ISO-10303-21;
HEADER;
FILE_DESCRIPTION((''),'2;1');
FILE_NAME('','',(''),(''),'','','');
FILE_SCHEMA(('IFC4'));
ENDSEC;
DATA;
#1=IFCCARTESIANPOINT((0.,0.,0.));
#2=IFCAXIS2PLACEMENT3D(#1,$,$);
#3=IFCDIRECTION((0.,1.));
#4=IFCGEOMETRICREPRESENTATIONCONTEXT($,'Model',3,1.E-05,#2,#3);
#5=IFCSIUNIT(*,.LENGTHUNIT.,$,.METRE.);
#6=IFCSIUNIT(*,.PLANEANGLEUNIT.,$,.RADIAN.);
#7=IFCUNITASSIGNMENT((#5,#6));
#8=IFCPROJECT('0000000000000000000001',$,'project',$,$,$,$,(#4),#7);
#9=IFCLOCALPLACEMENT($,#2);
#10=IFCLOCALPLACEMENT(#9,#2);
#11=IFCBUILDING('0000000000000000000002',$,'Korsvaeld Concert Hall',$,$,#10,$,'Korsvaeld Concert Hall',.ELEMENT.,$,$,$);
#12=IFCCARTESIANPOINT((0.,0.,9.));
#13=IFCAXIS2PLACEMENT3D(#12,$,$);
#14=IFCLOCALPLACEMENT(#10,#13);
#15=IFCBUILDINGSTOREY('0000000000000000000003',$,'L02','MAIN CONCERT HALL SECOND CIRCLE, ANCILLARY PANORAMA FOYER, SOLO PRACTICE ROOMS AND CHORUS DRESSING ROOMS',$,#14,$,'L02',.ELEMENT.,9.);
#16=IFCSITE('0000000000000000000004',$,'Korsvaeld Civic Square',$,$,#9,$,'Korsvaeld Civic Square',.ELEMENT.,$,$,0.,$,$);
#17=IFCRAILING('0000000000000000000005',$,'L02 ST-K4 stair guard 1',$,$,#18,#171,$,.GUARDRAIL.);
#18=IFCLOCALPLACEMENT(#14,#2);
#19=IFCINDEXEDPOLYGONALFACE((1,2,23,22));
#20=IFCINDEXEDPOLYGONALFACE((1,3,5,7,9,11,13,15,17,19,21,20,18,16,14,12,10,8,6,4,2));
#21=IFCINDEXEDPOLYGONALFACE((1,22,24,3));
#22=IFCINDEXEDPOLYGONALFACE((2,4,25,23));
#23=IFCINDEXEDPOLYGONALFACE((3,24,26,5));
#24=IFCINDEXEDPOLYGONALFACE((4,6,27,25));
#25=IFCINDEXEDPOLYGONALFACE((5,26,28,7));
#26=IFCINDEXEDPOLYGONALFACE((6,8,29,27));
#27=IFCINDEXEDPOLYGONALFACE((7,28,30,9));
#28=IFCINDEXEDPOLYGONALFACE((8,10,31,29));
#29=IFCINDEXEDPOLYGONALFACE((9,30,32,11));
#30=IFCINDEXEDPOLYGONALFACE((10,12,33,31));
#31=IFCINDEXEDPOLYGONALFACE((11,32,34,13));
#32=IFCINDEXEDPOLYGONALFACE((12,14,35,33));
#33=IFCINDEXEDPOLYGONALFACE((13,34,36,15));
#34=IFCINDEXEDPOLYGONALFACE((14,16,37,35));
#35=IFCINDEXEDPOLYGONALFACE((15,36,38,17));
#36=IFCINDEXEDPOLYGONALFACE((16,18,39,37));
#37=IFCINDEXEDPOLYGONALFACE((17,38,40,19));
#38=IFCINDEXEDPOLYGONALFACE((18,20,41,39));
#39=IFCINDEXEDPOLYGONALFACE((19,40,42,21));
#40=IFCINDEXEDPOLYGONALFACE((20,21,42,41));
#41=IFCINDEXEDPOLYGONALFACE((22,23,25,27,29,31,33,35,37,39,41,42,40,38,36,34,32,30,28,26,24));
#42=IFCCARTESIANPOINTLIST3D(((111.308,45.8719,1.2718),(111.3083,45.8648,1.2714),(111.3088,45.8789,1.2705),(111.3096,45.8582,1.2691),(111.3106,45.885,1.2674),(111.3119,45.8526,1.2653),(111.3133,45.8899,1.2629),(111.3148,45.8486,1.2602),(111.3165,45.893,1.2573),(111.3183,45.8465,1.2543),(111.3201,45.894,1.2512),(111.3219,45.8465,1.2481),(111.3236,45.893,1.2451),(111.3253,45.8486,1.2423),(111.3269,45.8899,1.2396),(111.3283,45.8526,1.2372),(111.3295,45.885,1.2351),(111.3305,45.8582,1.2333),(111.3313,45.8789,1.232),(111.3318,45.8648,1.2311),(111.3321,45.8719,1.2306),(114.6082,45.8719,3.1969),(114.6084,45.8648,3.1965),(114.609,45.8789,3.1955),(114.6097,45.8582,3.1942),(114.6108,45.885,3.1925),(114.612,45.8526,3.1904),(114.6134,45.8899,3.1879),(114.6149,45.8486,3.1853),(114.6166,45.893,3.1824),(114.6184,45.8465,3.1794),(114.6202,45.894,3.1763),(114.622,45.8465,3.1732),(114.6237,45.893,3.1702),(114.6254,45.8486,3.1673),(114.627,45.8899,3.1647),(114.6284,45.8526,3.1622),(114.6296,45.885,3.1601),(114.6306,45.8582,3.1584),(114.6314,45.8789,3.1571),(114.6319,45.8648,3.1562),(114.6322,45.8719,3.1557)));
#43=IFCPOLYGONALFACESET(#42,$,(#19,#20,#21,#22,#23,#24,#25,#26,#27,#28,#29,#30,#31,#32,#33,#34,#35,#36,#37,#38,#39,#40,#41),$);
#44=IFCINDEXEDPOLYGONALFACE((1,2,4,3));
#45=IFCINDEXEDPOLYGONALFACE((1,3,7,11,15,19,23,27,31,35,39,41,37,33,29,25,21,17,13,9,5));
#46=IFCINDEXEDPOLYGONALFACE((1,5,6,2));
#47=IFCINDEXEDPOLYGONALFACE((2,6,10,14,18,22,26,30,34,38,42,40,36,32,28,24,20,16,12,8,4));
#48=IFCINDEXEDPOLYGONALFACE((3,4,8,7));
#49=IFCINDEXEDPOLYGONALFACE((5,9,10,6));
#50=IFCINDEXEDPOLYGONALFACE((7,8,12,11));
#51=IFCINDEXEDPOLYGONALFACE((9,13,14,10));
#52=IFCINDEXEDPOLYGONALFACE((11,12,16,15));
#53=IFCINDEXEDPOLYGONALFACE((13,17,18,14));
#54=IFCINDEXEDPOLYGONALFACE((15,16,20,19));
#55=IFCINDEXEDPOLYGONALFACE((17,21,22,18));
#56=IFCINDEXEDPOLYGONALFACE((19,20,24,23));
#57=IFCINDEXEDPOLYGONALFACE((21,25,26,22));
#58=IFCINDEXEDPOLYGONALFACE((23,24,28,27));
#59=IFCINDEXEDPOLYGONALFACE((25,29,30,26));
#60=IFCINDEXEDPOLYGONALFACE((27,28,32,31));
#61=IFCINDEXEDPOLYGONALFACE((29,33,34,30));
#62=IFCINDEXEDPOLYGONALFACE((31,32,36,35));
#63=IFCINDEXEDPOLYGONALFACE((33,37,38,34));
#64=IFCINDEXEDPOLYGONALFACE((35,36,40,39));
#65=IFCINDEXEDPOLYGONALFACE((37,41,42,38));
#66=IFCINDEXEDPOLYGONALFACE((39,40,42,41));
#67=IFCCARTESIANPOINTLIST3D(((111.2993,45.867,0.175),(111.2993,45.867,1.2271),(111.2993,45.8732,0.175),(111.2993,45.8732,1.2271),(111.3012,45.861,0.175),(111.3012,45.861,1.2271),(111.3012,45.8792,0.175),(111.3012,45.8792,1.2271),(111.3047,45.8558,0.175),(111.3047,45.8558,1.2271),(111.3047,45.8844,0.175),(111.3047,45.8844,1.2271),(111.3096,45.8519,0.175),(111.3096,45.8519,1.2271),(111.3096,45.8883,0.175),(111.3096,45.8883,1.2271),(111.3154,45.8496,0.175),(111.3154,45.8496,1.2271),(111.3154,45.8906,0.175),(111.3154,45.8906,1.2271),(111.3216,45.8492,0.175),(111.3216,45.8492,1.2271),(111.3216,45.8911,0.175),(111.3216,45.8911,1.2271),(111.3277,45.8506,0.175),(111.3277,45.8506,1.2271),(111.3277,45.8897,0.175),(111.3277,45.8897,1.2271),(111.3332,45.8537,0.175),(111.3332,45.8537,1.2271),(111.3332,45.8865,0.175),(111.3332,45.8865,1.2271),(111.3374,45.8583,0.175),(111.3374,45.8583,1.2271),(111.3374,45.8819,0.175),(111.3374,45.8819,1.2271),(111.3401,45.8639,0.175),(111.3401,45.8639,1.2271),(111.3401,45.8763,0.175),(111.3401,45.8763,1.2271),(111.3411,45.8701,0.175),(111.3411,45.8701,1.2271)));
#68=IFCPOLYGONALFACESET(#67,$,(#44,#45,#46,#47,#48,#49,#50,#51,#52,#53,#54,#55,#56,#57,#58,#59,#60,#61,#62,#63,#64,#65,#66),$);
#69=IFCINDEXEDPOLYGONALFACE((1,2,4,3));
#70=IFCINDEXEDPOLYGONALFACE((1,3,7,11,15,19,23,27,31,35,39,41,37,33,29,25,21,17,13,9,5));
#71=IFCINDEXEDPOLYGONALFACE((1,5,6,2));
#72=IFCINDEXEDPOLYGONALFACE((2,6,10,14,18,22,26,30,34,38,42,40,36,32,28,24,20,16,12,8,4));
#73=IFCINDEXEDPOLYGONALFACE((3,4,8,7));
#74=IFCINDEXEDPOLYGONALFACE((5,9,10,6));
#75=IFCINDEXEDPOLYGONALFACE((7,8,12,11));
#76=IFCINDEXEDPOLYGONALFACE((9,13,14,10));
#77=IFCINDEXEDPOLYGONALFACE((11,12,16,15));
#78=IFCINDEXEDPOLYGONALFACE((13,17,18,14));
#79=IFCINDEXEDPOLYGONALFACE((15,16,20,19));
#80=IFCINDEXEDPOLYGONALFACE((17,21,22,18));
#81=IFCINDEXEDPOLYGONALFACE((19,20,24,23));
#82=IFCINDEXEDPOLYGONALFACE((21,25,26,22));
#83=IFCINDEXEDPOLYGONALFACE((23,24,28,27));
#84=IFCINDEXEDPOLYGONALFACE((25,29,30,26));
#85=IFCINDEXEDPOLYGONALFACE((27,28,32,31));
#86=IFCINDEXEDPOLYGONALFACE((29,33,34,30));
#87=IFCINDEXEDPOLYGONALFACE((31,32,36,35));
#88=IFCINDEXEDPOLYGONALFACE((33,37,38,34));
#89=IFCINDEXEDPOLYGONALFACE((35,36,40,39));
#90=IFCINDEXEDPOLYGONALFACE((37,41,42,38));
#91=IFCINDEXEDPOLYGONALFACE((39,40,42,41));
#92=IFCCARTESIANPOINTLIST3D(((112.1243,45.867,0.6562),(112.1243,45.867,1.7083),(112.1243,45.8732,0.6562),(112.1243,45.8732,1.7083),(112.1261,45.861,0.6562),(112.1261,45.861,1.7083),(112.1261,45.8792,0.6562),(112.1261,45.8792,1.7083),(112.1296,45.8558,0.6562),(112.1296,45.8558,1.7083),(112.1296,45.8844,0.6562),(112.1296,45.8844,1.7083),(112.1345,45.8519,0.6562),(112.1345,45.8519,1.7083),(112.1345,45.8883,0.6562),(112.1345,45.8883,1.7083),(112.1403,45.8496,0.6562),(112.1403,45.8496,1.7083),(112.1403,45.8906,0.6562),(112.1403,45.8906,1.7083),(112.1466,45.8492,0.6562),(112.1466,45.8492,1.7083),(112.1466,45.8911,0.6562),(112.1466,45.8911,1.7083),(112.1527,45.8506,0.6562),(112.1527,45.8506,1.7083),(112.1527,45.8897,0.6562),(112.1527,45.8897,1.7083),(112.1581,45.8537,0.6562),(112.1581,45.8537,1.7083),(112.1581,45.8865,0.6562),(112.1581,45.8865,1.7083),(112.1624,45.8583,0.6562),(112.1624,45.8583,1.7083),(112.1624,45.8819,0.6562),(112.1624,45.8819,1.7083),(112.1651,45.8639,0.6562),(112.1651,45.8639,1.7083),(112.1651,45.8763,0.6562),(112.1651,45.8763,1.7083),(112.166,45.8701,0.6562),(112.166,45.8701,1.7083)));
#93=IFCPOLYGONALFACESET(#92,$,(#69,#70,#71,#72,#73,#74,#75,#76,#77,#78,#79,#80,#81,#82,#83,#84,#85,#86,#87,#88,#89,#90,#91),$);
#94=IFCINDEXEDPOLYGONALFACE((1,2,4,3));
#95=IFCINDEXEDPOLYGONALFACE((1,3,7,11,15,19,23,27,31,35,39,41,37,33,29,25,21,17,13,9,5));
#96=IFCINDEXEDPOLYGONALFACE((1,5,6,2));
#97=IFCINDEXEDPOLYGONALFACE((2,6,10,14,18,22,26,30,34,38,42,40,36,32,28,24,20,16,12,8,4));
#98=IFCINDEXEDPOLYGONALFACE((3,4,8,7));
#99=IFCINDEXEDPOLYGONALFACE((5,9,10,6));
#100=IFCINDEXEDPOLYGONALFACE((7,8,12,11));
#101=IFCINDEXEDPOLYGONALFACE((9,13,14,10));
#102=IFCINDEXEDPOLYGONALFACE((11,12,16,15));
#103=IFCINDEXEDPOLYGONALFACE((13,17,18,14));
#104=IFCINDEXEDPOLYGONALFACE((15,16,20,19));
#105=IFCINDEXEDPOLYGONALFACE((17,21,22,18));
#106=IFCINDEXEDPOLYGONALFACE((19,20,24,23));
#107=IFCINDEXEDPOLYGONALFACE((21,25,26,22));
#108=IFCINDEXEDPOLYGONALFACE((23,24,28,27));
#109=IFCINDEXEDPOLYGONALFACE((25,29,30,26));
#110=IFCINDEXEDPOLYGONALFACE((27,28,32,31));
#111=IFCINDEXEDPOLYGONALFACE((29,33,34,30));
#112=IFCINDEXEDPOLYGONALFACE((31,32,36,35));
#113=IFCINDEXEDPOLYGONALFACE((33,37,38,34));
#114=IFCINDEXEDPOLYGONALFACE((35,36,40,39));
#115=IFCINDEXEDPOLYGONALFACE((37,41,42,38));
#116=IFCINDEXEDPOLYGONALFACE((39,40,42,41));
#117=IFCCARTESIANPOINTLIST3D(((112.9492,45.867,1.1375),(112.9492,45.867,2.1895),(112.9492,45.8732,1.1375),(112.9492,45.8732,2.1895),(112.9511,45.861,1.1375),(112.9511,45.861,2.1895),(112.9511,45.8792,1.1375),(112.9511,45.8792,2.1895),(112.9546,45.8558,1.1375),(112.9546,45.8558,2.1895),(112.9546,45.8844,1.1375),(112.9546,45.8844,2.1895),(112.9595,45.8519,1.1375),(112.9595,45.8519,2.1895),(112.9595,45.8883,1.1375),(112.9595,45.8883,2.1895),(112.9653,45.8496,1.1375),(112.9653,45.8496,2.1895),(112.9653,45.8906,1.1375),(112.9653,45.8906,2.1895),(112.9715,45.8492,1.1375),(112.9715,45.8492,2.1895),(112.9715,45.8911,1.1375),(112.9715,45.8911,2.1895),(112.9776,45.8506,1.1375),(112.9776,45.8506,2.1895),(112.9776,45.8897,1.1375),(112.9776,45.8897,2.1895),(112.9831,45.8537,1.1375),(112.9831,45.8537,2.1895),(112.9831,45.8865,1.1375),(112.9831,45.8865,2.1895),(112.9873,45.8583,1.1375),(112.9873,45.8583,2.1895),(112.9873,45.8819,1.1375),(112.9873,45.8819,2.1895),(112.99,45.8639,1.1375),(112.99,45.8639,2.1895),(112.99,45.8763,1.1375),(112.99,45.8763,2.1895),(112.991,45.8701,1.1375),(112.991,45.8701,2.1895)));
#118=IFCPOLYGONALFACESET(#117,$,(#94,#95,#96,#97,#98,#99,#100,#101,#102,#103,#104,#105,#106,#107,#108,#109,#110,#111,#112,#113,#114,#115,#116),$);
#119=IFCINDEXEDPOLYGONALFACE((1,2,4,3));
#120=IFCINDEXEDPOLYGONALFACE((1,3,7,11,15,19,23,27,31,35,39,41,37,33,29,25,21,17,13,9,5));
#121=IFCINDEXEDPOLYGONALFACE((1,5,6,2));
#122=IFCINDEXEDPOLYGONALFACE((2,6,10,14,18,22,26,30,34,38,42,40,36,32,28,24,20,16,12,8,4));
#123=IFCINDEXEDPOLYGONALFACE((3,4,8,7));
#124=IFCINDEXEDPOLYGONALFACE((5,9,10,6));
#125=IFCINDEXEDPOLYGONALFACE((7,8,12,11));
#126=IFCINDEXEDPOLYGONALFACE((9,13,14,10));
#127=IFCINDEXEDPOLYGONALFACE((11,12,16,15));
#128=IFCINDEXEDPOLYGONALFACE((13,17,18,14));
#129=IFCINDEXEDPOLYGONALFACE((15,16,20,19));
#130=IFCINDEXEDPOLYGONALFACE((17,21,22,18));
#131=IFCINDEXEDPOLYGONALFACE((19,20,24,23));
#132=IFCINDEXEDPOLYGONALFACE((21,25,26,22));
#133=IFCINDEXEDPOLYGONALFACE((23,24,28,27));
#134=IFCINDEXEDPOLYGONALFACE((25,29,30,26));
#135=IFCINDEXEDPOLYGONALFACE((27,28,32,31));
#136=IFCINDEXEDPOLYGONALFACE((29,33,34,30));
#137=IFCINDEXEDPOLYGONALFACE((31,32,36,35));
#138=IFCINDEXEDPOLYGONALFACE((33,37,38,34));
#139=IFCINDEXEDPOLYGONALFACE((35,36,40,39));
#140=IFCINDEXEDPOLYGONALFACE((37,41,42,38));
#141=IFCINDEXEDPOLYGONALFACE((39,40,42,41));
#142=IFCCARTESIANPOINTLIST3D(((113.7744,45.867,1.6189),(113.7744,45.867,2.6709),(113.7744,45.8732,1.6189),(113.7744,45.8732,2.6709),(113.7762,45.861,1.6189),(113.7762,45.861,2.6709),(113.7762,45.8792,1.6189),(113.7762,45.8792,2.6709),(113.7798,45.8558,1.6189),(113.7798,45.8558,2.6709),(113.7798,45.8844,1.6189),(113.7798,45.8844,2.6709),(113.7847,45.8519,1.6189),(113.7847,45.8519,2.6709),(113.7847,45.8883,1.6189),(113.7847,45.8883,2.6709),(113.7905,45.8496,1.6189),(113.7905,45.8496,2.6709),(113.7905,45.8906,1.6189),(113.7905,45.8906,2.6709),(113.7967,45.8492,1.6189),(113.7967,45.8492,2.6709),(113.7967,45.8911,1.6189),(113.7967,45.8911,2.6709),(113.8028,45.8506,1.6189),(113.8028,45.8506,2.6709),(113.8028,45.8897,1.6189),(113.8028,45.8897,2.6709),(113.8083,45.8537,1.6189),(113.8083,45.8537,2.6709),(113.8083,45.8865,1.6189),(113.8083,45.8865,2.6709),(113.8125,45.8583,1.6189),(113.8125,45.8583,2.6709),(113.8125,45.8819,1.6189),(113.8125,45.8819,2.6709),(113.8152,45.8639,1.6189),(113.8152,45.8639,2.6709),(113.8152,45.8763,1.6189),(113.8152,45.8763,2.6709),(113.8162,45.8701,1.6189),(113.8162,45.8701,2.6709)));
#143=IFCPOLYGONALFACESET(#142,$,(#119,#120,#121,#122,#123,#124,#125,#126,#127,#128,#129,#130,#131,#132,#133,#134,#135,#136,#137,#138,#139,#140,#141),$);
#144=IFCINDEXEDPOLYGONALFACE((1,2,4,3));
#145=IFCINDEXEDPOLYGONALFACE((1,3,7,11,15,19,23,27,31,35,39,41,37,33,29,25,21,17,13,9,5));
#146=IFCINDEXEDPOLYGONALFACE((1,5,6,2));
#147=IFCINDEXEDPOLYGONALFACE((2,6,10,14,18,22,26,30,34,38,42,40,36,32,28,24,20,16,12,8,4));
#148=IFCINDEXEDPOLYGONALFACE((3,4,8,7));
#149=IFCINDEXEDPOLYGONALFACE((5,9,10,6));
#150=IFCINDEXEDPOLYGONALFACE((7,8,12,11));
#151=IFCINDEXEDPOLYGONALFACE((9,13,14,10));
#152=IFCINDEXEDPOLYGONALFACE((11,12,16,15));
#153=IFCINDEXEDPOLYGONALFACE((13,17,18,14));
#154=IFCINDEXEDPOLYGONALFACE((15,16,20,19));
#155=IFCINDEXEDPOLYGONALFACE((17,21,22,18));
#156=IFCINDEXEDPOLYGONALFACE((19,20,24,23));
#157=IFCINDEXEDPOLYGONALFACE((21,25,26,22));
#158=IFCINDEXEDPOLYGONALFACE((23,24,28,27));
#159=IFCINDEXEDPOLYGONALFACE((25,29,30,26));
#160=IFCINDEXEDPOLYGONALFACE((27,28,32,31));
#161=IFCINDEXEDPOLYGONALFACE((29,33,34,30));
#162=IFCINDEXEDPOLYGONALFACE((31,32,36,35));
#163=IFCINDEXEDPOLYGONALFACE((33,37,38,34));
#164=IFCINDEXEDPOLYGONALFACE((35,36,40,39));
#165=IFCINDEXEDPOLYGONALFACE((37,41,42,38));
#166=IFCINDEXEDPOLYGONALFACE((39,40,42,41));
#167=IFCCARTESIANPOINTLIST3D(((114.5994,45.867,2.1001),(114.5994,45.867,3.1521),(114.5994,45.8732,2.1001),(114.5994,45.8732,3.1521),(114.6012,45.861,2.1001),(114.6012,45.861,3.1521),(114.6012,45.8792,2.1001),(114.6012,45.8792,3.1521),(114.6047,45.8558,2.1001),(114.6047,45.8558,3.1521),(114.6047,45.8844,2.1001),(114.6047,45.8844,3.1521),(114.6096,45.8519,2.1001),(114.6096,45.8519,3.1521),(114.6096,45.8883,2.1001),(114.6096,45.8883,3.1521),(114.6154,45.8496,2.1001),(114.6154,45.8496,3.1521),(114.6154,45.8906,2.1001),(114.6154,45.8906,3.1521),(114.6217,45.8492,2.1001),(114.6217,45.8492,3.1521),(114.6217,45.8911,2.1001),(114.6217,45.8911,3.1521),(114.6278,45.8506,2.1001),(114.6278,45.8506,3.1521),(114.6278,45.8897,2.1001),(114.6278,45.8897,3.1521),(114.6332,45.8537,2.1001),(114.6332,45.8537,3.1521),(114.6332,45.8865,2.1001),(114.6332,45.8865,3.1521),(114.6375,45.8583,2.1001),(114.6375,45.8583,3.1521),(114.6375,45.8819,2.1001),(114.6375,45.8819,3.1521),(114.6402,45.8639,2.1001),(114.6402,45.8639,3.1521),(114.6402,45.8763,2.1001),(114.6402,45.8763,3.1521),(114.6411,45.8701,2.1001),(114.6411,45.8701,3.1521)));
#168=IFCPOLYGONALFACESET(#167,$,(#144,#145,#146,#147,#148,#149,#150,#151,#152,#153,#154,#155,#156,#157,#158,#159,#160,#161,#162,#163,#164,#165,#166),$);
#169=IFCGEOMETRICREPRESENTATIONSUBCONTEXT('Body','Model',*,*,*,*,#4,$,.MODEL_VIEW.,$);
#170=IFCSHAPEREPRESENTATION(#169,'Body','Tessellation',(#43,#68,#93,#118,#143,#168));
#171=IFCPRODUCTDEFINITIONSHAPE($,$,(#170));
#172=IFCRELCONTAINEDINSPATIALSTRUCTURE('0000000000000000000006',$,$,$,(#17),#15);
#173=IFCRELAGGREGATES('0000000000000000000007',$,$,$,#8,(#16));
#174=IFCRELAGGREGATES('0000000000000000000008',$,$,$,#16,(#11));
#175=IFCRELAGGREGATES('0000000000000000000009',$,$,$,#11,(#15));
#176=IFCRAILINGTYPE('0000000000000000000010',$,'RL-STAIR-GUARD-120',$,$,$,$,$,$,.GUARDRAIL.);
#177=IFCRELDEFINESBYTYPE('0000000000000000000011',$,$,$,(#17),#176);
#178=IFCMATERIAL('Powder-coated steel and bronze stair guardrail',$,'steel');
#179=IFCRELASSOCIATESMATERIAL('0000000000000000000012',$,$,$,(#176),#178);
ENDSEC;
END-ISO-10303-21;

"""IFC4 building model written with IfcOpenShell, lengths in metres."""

from ifc_helpers import new_model, si_unit, direction, frame, origin, origin_2d, place, context, subcontext, project, spatial, circle, extrude, material, type_object, element, save


model = new_model("IFC4")

# Units and contexts
model_context = context("Model", 3, precision=1e-05, world=origin(), true_north=direction((0.0, 1.0)))
body_context = subcontext(model_context, "Body", "Model", "MODEL_VIEW")
ifc_project = project(units=[si_unit("LENGTHUNIT", "METRE"), si_unit("PLANEANGLEUNIT", "RADIAN")], contexts=[model_context])

# Site, building, storey
site_placement = place(None, origin())
site = spatial("IfcSite", under=ifc_project, at=site_placement, Name="Korsvaeld Civic Square", LongName="Korsvaeld Civic Square", CompositionType="ELEMENT", RefElevation=0.0)
building_placement = place(site_placement, origin())
building = spatial("IfcBuilding", under=site, at=building_placement, Name="Korsvaeld Concert Hall", LongName="Korsvaeld Concert Hall", CompositionType="ELEMENT")
storey_placement = place(building_placement, frame((0.0, 0.0, 9.0)))
storey = spatial("IfcBuildingStorey", under=building, at=storey_placement, Name="L02", Description="MAIN CONCERT HALL SECOND CIRCLE, ANCILLARY PANORAMA FOYER, SOLO PRACTICE ROOMS AND CHORUS DRESSING ROOMS", LongName="L02", CompositionType="ELEMENT", Elevation=9.0)

# Railing
ifc_material_1 = material(Name="Powder-coated steel and bronze stair guardrail", Category="steel")
railing_type_1 = type_object("IfcRailingType", Name="RL-STAIR-GUARD-120", PredefinedType="GUARDRAIL", material=ifc_material_1)
railing_1_placement = place(storey_placement, frame((111.3201, 45.8701, 0.175)))
element("IfcRailing", 1, at=railing_1_placement, inside=storey, type_object=railing_type_1, Name="L02 ST-K4 stair guard 1", PredefinedType="GUARDRAIL", context=body_context, shape_type="SweptSolid", body=[
    extrude(circle(Radius=0.0239, at=origin_2d()), frame((0.0, 0.0, 1.0762), z_axis=(0.863777, 0.0, 0.503875), x_axis=(0.0, 1.0, 0.0)), (0.0, 0.0, 1.0), 3.8206),
    extrude(circle(Radius=0.021, at=origin_2d()), origin(), (0.0, 0.0, 1.0), 1.052),
    extrude(circle(Radius=0.021, at=origin_2d()), frame((0.825, 0.0, 0.4812)), (0.0, 0.0, 1.0), 1.052),
    extrude(circle(Radius=0.021, at=origin_2d()), frame((1.6499, 0.0, 0.9624)), (0.0, 0.0, 1.0), 1.052),
    extrude(circle(Radius=0.021, at=origin_2d()), frame((2.4751, 0.0, 1.4438)), (0.0, 0.0, 1.0), 1.052),
    extrude(circle(Radius=0.021, at=origin_2d()), frame((3.3, 0.0, 1.925)), (0.0, 0.0, 1.0), 1.052),
])

save(model, "model.ifc")
